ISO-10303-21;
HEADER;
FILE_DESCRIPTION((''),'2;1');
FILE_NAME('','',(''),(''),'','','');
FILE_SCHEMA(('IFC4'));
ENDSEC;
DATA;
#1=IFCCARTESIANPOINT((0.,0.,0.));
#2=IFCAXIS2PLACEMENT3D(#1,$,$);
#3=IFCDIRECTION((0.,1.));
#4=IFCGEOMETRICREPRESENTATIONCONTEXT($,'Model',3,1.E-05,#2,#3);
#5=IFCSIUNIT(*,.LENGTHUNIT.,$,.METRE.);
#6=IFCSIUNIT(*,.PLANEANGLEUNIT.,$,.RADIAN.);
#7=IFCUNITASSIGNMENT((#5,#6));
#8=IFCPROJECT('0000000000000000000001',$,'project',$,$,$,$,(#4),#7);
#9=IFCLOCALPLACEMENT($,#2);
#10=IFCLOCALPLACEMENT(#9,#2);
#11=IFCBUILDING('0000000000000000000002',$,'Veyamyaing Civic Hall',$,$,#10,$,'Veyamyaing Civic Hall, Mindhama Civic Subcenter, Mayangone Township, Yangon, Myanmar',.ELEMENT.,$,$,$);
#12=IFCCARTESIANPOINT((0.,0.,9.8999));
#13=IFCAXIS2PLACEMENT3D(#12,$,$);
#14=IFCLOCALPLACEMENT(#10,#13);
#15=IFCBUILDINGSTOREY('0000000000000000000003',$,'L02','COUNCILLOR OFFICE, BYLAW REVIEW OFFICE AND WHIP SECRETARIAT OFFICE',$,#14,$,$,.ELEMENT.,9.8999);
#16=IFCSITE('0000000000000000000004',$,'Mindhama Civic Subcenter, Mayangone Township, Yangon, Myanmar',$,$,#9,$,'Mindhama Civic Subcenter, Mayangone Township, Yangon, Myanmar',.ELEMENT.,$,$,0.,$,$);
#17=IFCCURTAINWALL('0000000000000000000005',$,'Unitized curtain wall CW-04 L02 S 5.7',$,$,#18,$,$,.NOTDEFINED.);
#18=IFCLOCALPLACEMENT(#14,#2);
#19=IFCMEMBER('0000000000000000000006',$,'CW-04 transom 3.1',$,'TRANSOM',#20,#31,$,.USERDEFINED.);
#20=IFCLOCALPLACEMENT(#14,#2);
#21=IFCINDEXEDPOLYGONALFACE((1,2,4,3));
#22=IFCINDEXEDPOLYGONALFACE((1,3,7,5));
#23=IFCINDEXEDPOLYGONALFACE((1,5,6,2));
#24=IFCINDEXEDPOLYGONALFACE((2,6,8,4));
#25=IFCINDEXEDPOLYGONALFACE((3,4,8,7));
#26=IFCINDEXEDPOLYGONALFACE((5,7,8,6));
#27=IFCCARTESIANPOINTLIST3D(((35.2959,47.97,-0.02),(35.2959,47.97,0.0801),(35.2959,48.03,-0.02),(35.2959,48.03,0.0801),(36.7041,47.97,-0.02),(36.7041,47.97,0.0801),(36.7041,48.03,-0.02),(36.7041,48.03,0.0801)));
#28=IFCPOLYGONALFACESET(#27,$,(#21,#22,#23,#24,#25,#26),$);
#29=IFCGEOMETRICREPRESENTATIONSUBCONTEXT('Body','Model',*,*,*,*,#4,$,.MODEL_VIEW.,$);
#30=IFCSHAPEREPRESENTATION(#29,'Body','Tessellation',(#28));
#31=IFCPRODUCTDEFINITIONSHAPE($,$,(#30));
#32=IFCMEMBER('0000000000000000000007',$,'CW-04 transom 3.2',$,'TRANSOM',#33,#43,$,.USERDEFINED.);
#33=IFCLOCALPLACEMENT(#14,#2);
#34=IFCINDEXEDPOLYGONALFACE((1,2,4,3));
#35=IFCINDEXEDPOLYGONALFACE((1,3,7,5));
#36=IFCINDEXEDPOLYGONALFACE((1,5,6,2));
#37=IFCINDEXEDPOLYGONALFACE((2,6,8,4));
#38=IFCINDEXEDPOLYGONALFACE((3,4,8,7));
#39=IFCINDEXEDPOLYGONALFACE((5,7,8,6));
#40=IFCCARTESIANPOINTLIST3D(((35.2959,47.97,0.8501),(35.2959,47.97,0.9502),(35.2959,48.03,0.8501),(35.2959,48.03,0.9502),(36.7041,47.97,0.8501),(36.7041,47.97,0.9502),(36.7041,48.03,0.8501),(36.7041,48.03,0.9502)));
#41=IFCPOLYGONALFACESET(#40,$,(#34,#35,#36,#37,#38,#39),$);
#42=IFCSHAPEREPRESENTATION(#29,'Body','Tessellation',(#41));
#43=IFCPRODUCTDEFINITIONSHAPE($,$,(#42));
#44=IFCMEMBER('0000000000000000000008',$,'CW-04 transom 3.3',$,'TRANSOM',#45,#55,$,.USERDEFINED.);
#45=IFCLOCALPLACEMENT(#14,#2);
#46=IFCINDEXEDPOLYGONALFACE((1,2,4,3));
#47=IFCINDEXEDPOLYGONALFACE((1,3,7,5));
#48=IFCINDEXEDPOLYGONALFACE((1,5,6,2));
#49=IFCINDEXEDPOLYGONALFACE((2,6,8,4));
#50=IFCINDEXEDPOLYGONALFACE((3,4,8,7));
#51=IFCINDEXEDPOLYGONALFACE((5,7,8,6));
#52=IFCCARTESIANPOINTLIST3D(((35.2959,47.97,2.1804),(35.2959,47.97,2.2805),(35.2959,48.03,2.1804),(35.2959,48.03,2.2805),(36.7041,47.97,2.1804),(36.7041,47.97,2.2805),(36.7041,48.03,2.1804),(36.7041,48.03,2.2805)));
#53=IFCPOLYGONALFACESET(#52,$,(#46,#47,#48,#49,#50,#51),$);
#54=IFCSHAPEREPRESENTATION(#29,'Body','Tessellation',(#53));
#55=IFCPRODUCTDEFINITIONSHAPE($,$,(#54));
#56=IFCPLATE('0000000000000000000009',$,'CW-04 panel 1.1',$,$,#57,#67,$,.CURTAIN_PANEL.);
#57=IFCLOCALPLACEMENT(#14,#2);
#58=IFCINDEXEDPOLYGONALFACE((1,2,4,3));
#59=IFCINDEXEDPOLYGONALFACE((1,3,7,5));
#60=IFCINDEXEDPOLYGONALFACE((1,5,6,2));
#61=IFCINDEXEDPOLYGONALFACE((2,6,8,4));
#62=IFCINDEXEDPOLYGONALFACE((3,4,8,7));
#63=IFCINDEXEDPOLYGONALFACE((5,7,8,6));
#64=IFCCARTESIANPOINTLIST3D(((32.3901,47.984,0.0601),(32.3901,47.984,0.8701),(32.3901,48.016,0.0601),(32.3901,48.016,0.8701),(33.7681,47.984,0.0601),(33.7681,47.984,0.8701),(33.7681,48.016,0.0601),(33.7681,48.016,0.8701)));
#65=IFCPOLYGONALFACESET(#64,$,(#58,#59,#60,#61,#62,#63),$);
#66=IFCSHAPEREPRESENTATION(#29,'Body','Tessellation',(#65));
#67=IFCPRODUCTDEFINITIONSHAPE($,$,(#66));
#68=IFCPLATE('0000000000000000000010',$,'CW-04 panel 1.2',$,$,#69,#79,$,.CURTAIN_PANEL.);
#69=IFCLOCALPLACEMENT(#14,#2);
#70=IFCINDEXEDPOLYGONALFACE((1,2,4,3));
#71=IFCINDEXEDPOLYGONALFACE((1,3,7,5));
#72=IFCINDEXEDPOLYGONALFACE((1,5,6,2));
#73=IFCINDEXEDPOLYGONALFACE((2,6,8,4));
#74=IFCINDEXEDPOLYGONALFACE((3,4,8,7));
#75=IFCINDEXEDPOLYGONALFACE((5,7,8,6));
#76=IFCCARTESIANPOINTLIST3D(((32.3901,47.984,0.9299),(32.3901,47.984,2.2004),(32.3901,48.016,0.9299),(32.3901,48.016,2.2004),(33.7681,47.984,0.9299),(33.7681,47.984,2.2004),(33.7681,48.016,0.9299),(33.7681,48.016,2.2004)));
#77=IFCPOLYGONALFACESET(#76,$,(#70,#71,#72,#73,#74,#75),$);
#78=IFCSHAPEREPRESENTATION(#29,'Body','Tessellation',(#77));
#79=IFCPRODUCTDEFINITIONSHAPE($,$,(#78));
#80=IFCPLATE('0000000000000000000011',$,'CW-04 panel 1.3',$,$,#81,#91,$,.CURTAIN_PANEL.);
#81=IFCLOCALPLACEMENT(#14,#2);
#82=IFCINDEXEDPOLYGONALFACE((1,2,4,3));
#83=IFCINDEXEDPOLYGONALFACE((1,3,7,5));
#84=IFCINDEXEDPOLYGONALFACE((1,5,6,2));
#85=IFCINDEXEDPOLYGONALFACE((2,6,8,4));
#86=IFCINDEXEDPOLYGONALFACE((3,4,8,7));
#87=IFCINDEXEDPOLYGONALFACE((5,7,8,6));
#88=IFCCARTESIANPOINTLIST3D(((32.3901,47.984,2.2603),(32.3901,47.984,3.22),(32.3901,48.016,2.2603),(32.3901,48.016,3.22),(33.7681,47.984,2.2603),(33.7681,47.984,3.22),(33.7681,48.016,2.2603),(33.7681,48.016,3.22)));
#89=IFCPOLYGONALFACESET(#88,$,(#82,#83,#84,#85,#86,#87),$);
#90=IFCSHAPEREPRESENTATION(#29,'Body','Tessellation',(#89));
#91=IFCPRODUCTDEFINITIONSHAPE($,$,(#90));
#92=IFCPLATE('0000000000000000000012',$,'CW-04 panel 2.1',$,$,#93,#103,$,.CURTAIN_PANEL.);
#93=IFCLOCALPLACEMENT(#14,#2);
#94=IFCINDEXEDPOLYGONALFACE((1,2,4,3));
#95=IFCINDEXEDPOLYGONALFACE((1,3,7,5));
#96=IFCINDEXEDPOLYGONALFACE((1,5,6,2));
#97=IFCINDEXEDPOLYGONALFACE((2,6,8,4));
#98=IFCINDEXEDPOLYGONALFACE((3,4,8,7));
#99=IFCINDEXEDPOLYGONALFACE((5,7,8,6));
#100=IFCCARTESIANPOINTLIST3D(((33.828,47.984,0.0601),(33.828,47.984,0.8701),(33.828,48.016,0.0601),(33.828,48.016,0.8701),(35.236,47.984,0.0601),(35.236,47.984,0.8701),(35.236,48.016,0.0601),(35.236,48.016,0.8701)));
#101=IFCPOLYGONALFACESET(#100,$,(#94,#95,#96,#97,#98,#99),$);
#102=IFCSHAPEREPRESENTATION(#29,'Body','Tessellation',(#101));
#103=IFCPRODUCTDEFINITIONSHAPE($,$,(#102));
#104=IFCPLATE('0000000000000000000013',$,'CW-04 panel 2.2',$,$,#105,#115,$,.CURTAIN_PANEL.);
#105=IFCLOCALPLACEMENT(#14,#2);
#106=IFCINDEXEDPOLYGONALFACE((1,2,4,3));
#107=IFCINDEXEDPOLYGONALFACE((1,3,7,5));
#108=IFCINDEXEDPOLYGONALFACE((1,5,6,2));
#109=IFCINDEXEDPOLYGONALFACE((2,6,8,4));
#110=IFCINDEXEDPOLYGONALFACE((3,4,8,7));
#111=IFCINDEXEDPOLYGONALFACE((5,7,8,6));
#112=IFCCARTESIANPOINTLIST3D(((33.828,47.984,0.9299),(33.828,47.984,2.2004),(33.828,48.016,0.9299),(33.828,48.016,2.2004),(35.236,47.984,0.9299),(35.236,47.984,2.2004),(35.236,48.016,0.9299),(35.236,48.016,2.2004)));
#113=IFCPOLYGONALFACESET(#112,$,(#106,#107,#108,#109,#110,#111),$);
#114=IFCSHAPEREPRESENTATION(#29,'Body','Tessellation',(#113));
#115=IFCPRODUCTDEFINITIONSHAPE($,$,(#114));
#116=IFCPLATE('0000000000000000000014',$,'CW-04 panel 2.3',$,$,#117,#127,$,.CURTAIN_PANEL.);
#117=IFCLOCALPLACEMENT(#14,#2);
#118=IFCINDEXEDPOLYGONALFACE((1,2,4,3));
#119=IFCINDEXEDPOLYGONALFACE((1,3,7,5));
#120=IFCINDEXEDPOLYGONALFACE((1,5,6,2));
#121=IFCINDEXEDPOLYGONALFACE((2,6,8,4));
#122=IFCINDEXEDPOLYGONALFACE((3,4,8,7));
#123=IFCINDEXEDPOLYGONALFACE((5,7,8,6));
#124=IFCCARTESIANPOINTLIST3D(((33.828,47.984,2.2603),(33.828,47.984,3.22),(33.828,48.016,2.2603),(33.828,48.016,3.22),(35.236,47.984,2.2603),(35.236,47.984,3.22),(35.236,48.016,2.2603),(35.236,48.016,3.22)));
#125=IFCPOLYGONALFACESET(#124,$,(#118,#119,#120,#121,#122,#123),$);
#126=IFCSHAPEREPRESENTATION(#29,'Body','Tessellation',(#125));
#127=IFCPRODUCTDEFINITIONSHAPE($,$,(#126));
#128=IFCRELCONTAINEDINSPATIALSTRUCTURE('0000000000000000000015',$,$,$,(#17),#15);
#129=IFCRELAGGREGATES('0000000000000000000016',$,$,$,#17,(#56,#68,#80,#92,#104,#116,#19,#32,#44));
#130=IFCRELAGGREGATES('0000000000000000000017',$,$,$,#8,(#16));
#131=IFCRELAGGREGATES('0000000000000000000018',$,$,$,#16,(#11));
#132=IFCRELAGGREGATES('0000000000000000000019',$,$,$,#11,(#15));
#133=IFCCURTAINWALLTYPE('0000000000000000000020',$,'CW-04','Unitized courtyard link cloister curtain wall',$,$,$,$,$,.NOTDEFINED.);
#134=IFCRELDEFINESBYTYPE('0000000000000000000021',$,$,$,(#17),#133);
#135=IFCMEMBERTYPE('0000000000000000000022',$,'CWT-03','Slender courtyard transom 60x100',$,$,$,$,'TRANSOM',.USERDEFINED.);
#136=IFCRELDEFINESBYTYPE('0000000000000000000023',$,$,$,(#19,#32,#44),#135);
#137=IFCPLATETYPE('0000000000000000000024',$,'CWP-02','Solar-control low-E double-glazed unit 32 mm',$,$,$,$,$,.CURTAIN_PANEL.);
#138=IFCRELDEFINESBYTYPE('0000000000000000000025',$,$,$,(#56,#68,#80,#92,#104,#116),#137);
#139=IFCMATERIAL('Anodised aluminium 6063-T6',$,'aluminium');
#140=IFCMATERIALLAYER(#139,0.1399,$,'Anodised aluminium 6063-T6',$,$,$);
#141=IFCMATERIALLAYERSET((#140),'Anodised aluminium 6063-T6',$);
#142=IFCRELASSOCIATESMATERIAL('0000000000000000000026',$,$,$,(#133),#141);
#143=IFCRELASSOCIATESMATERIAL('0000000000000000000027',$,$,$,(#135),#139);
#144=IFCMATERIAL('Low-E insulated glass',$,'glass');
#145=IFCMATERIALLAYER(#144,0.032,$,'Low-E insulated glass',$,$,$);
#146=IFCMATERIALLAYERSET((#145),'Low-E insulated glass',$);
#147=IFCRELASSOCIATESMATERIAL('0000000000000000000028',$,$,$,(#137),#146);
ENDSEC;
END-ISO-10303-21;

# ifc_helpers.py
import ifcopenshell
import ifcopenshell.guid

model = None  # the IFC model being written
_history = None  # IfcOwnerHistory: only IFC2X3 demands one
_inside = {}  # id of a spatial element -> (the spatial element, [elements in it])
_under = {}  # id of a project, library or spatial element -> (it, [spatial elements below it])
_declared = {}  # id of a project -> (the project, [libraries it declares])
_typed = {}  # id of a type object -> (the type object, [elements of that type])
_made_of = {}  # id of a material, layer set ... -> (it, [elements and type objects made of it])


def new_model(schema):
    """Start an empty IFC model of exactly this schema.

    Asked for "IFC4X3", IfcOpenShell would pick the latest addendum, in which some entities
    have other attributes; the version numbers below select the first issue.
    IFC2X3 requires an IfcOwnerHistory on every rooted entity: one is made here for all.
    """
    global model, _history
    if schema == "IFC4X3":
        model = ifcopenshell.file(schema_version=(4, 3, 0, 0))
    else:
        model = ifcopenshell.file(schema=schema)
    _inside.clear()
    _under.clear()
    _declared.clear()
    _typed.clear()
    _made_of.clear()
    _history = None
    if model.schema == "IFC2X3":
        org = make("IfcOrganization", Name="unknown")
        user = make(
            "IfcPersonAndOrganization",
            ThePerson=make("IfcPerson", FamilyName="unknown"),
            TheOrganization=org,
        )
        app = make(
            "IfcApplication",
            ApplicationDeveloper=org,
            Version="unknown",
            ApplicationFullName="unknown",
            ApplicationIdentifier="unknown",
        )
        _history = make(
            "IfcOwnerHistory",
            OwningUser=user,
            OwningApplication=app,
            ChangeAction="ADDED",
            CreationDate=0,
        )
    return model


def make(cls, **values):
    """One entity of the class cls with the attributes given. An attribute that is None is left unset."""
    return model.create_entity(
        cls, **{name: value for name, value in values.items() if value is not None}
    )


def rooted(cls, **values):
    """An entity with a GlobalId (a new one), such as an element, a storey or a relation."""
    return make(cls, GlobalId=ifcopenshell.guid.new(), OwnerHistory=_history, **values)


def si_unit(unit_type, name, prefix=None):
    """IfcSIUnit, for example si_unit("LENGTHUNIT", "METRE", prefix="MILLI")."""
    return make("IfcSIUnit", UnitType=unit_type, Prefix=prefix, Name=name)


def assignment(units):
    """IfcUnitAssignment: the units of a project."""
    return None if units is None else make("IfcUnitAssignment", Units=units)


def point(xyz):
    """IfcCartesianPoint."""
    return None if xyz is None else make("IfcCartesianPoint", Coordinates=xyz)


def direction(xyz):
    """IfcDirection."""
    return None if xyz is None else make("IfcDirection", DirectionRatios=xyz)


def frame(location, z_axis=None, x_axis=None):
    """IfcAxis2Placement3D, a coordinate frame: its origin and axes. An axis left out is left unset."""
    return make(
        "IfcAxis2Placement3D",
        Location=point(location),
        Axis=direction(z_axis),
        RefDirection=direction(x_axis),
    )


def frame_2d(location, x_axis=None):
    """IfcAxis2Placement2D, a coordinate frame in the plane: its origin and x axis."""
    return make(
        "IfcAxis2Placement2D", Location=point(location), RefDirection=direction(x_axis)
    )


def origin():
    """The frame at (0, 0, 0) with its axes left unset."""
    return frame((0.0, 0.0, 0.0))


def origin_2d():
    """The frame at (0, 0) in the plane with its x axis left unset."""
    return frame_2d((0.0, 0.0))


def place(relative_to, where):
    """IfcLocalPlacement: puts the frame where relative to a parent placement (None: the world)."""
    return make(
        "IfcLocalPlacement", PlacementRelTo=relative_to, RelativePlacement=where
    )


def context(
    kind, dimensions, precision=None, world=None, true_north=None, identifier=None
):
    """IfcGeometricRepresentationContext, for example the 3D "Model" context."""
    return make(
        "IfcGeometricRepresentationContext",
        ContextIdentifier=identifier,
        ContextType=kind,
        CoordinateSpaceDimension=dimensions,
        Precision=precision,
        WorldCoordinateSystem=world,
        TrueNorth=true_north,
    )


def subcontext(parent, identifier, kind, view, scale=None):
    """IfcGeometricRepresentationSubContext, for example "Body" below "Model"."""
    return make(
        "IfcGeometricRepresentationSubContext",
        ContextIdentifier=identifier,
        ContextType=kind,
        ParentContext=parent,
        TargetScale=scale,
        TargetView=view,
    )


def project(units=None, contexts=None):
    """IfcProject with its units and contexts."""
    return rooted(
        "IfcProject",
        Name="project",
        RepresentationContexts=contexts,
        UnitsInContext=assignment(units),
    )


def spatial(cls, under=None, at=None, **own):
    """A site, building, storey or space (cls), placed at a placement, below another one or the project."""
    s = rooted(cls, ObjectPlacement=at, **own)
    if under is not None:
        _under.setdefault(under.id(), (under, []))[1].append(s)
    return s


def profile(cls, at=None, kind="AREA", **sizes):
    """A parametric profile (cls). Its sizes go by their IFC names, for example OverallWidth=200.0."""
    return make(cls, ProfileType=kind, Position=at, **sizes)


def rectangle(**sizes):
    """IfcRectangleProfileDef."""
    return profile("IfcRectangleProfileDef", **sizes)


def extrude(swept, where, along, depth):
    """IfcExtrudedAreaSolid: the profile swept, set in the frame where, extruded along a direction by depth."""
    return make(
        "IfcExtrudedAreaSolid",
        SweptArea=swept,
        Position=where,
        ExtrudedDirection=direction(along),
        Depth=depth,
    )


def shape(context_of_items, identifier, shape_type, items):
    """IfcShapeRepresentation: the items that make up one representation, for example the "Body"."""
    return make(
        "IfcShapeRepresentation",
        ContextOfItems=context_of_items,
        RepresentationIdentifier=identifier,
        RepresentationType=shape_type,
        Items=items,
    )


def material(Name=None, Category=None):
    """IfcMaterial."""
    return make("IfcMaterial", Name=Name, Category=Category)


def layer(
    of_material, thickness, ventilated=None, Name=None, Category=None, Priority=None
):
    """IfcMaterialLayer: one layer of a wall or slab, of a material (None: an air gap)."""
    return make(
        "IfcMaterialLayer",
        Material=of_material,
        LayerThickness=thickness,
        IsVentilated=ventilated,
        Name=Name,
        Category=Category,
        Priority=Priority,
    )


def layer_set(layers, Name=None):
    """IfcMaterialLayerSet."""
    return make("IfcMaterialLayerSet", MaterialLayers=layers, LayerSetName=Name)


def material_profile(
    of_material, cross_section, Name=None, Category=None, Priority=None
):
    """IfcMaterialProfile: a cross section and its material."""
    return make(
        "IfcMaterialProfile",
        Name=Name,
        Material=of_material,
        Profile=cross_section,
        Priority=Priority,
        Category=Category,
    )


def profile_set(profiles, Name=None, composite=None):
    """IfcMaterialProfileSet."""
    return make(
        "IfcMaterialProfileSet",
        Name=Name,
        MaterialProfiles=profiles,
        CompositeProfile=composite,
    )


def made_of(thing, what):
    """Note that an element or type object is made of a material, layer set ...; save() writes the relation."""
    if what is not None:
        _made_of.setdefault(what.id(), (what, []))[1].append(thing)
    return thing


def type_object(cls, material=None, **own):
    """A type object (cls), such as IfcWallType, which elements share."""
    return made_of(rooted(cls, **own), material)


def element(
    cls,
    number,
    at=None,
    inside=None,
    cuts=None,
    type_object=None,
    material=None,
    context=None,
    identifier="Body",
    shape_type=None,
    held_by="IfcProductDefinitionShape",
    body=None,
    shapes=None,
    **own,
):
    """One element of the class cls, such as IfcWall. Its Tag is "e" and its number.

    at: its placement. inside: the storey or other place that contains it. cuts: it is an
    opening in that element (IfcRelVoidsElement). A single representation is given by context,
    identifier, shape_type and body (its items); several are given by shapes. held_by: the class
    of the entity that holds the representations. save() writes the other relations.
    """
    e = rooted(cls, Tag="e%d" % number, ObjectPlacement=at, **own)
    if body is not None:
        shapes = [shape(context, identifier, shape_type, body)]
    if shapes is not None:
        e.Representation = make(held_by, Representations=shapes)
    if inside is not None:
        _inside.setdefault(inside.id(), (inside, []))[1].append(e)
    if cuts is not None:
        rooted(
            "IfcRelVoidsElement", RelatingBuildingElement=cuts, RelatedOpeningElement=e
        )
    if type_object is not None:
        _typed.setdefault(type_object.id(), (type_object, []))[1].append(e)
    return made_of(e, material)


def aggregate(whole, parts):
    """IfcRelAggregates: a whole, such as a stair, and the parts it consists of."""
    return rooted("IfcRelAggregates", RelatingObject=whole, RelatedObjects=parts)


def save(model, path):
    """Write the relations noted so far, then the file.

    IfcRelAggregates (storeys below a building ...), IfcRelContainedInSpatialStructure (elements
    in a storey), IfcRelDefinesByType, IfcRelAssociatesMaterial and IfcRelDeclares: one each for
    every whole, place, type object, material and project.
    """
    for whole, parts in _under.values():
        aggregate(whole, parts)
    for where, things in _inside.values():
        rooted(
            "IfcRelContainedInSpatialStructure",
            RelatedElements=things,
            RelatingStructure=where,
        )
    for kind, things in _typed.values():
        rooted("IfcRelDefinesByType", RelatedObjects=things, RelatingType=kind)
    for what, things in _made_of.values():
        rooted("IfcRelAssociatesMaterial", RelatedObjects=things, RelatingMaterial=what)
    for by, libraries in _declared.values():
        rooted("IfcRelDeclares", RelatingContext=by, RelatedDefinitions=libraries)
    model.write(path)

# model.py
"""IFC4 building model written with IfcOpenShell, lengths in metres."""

from ifc_helpers import new_model, si_unit, direction, frame, origin, origin_2d, place, context, subcontext, project, spatial, rectangle, extrude, material, layer, layer_set, material_profile, profile_set, type_object, element, aggregate, save


model = new_model("IFC4")

# Units and contexts
model_context = context("Model", 3, precision=1e-05, world=origin(), true_north=direction((0.0, 1.0)))
body_context = subcontext(model_context, "Body", "Model", "MODEL_VIEW")
ifc_project = project(units=[si_unit("LENGTHUNIT", "METRE"), si_unit("PLANEANGLEUNIT", "RADIAN")], contexts=[model_context])

# Site, building, storey
site_placement = place(None, origin())
site = spatial("IfcSite", under=ifc_project, at=site_placement, Name="Mindhama Civic Subcenter, Mayangone Township, Yangon, Myanmar", LongName="Mindhama Civic Subcenter, Mayangone Township, Yangon, Myanmar", CompositionType="ELEMENT", RefElevation=0.0)
building_placement = place(site_placement, origin())
building = spatial("IfcBuilding", under=site, at=building_placement, Name="Veyamyaing Civic Hall", LongName="Veyamyaing Civic Hall, Mindhama Civic Subcenter, Mayangone Township, Yangon, Myanmar", CompositionType="ELEMENT")
storey_placement = place(building_placement, frame((0.0, 0.0, 9.8999)))
storey = spatial("IfcBuildingStorey", under=building, at=storey_placement, Name="L02", Description="COUNCILLOR OFFICE, BYLAW REVIEW OFFICE AND WHIP SECRETARIAT OFFICE", CompositionType="ELEMENT", Elevation=9.8999)

# Curtain wall, members, plates
ifc_material_1 = material(Name="Anodised aluminium 6063-T6", Category="aluminium")
ifc_layer_1 = layer(ifc_material_1, 0.1399, Name="Anodised aluminium 6063-T6")
ifc_layer_set_1 = layer_set([ifc_layer_1], Name="Anodised aluminium 6063-T6")
curtain_wall_type = type_object("IfcCurtainWallType", Name="CW-04", Description="Unitized courtyard link cloister curtain wall", PredefinedType="NOTDEFINED", material=ifc_layer_set_1)
curtain_wall_placement = place(storey_placement, origin())
curtain_wall = element("IfcCurtainWall", 1, at=curtain_wall_placement, inside=storey, type_object=curtain_wall_type, Name="Unitized curtain wall CW-04 L02 S 5.7", PredefinedType="NOTDEFINED")
ifc_material_profile_1 = material_profile(ifc_material_1, rectangle(XDim=0.0601, YDim=0.1001, at=origin_2d()), Name="ALU-TRN-60X100")
ifc_profile_set_1 = profile_set([ifc_material_profile_1], Name="Anodised aluminium 6063-T6")
member_type_1 = type_object("IfcMemberType", Name="CWT-03", Description="Slender courtyard transom 60x100", ElementType="TRANSOM", PredefinedType="USERDEFINED", material=ifc_profile_set_1)
member_1_placement = place(storey_placement, frame((35.2959, 48.0, 0.03), z_axis=(1.0, 0.0, 0.0), x_axis=(0.0, 1.0, 0.0)))
member_1 = element("IfcMember", 2, at=member_1_placement, type_object=member_type_1, Name="CW-04 transom 3.1", ObjectType="TRANSOM", PredefinedType="USERDEFINED", context=body_context, shape_type="SweptSolid", body=[
    extrude(rectangle(XDim=0.0601, YDim=0.1001, at=origin_2d()), origin(), (0.0, 0.0, 1.0), 1.4082),
])
member_2_placement = place(storey_placement, frame((35.2959, 48.0, 0.9001), z_axis=(1.0, 0.0, 0.0), x_axis=(0.0, 1.0, 0.0)))
member_2 = element("IfcMember", 3, at=member_2_placement, type_object=member_type_1, Name="CW-04 transom 3.2", ObjectType="TRANSOM", PredefinedType="USERDEFINED", context=body_context, shape_type="SweptSolid", body=[
    extrude(rectangle(XDim=0.0601, YDim=0.1001, at=origin_2d()), origin(), (0.0, 0.0, 1.0), 1.4082),
])
member_3_placement = place(storey_placement, frame((35.2959, 48.0, 2.2305), z_axis=(1.0, 0.0, 0.0), x_axis=(0.0, 1.0, 0.0)))
member_3 = element("IfcMember", 4, at=member_3_placement, type_object=member_type_1, Name="CW-04 transom 3.3", ObjectType="TRANSOM", PredefinedType="USERDEFINED", context=body_context, shape_type="SweptSolid", body=[
    extrude(rectangle(XDim=0.0601, YDim=0.1001, at=origin_2d()), origin(), (0.0, 0.0, 1.0), 1.4082),
])
ifc_material_2 = material(Name="Low-E insulated glass", Category="glass")
ifc_layer_2 = layer(ifc_material_2, 0.032, Name="Low-E insulated glass")
ifc_layer_set_2 = layer_set([ifc_layer_2], Name="Low-E insulated glass")
plate_type = type_object("IfcPlateType", Name="CWP-02", Description="Solar-control low-E double-glazed unit 32 mm", PredefinedType="CURTAIN_PANEL", material=ifc_layer_set_2)
plate_1_placement = place(storey_placement, frame((33.0791, 48.0, 0.0601), z_axis=(0.0, 0.0, 1.0), x_axis=(1.0, 0.0, 0.0)))
plate_1 = element("IfcPlate", 5, at=plate_1_placement, type_object=plate_type, Name="CW-04 panel 1.1", PredefinedType="CURTAIN_PANEL", context=body_context, shape_type="SweptSolid", body=[
    extrude(rectangle(XDim=1.3779, YDim=0.032, at=origin_2d()), origin(), (0.0, 0.0, 1.0), 0.8101),
])
plate_2_placement = place(storey_placement, frame((33.0791, 48.0, 0.9299), z_axis=(0.0, 0.0, 1.0), x_axis=(1.0, 0.0, 0.0)))
plate_2 = element("IfcPlate", 6, at=plate_2_placement, type_object=plate_type, Name="CW-04 panel 1.2", PredefinedType="CURTAIN_PANEL", context=body_context, shape_type="SweptSolid", body=[
    extrude(rectangle(XDim=1.3779, YDim=0.032, at=origin_2d()), origin(), (0.0, 0.0, 1.0), 1.2705),
])
plate_3_placement = place(storey_placement, frame((33.0791, 48.0, 2.2603), z_axis=(0.0, 0.0, 1.0), x_axis=(1.0, 0.0, 0.0)))
plate_3 = element("IfcPlate", 7, at=plate_3_placement, type_object=plate_type, Name="CW-04 panel 1.3", PredefinedType="CURTAIN_PANEL", context=body_context, shape_type="SweptSolid", body=[
    extrude(rectangle(XDim=1.3779, YDim=0.032, at=origin_2d()), origin(), (0.0, 0.0, 1.0), 0.9597),
])
plate_4_placement = place(storey_placement, frame((34.532, 48.0, 0.0601), z_axis=(0.0, 0.0, 1.0), x_axis=(1.0, 0.0, 0.0)))
plate_4 = element("IfcPlate", 8, at=plate_4_placement, type_object=plate_type, Name="CW-04 panel 2.1", PredefinedType="CURTAIN_PANEL", context=body_context, shape_type="SweptSolid", body=[
    extrude(rectangle(XDim=1.408, YDim=0.032, at=origin_2d()), origin(), (0.0, 0.0, 1.0), 0.8101),
])
plate_5_placement = place(storey_placement, frame((34.532, 48.0, 0.9299), z_axis=(0.0, 0.0, 1.0), x_axis=(1.0, 0.0, 0.0)))
plate_5 = element("IfcPlate", 9, at=plate_5_placement, type_object=plate_type, Name="CW-04 panel 2.2", PredefinedType="CURTAIN_PANEL", context=body_context, shape_type="SweptSolid", body=[
    extrude(rectangle(XDim=1.408, YDim=0.032, at=origin_2d()), origin(), (0.0, 0.0, 1.0), 1.2705),
])
plate_6_placement = place(storey_placement, frame((34.532, 48.0, 2.2603), z_axis=(0.0, 0.0, 1.0), x_axis=(1.0, 0.0, 0.0)))
plate_6 = element("IfcPlate", 10, at=plate_6_placement, type_object=plate_type, Name="CW-04 panel 2.3", PredefinedType="CURTAIN_PANEL", context=body_context, shape_type="SweptSolid", body=[
    extrude(rectangle(XDim=1.408, YDim=0.032, at=origin_2d()), origin(), (0.0, 0.0, 1.0), 0.9597),
])
aggregate(curtain_wall, [plate_1, plate_2, plate_3, plate_4, plate_5, plate_6, member_1, member_2, member_3])

save(model, "model.ifc")
